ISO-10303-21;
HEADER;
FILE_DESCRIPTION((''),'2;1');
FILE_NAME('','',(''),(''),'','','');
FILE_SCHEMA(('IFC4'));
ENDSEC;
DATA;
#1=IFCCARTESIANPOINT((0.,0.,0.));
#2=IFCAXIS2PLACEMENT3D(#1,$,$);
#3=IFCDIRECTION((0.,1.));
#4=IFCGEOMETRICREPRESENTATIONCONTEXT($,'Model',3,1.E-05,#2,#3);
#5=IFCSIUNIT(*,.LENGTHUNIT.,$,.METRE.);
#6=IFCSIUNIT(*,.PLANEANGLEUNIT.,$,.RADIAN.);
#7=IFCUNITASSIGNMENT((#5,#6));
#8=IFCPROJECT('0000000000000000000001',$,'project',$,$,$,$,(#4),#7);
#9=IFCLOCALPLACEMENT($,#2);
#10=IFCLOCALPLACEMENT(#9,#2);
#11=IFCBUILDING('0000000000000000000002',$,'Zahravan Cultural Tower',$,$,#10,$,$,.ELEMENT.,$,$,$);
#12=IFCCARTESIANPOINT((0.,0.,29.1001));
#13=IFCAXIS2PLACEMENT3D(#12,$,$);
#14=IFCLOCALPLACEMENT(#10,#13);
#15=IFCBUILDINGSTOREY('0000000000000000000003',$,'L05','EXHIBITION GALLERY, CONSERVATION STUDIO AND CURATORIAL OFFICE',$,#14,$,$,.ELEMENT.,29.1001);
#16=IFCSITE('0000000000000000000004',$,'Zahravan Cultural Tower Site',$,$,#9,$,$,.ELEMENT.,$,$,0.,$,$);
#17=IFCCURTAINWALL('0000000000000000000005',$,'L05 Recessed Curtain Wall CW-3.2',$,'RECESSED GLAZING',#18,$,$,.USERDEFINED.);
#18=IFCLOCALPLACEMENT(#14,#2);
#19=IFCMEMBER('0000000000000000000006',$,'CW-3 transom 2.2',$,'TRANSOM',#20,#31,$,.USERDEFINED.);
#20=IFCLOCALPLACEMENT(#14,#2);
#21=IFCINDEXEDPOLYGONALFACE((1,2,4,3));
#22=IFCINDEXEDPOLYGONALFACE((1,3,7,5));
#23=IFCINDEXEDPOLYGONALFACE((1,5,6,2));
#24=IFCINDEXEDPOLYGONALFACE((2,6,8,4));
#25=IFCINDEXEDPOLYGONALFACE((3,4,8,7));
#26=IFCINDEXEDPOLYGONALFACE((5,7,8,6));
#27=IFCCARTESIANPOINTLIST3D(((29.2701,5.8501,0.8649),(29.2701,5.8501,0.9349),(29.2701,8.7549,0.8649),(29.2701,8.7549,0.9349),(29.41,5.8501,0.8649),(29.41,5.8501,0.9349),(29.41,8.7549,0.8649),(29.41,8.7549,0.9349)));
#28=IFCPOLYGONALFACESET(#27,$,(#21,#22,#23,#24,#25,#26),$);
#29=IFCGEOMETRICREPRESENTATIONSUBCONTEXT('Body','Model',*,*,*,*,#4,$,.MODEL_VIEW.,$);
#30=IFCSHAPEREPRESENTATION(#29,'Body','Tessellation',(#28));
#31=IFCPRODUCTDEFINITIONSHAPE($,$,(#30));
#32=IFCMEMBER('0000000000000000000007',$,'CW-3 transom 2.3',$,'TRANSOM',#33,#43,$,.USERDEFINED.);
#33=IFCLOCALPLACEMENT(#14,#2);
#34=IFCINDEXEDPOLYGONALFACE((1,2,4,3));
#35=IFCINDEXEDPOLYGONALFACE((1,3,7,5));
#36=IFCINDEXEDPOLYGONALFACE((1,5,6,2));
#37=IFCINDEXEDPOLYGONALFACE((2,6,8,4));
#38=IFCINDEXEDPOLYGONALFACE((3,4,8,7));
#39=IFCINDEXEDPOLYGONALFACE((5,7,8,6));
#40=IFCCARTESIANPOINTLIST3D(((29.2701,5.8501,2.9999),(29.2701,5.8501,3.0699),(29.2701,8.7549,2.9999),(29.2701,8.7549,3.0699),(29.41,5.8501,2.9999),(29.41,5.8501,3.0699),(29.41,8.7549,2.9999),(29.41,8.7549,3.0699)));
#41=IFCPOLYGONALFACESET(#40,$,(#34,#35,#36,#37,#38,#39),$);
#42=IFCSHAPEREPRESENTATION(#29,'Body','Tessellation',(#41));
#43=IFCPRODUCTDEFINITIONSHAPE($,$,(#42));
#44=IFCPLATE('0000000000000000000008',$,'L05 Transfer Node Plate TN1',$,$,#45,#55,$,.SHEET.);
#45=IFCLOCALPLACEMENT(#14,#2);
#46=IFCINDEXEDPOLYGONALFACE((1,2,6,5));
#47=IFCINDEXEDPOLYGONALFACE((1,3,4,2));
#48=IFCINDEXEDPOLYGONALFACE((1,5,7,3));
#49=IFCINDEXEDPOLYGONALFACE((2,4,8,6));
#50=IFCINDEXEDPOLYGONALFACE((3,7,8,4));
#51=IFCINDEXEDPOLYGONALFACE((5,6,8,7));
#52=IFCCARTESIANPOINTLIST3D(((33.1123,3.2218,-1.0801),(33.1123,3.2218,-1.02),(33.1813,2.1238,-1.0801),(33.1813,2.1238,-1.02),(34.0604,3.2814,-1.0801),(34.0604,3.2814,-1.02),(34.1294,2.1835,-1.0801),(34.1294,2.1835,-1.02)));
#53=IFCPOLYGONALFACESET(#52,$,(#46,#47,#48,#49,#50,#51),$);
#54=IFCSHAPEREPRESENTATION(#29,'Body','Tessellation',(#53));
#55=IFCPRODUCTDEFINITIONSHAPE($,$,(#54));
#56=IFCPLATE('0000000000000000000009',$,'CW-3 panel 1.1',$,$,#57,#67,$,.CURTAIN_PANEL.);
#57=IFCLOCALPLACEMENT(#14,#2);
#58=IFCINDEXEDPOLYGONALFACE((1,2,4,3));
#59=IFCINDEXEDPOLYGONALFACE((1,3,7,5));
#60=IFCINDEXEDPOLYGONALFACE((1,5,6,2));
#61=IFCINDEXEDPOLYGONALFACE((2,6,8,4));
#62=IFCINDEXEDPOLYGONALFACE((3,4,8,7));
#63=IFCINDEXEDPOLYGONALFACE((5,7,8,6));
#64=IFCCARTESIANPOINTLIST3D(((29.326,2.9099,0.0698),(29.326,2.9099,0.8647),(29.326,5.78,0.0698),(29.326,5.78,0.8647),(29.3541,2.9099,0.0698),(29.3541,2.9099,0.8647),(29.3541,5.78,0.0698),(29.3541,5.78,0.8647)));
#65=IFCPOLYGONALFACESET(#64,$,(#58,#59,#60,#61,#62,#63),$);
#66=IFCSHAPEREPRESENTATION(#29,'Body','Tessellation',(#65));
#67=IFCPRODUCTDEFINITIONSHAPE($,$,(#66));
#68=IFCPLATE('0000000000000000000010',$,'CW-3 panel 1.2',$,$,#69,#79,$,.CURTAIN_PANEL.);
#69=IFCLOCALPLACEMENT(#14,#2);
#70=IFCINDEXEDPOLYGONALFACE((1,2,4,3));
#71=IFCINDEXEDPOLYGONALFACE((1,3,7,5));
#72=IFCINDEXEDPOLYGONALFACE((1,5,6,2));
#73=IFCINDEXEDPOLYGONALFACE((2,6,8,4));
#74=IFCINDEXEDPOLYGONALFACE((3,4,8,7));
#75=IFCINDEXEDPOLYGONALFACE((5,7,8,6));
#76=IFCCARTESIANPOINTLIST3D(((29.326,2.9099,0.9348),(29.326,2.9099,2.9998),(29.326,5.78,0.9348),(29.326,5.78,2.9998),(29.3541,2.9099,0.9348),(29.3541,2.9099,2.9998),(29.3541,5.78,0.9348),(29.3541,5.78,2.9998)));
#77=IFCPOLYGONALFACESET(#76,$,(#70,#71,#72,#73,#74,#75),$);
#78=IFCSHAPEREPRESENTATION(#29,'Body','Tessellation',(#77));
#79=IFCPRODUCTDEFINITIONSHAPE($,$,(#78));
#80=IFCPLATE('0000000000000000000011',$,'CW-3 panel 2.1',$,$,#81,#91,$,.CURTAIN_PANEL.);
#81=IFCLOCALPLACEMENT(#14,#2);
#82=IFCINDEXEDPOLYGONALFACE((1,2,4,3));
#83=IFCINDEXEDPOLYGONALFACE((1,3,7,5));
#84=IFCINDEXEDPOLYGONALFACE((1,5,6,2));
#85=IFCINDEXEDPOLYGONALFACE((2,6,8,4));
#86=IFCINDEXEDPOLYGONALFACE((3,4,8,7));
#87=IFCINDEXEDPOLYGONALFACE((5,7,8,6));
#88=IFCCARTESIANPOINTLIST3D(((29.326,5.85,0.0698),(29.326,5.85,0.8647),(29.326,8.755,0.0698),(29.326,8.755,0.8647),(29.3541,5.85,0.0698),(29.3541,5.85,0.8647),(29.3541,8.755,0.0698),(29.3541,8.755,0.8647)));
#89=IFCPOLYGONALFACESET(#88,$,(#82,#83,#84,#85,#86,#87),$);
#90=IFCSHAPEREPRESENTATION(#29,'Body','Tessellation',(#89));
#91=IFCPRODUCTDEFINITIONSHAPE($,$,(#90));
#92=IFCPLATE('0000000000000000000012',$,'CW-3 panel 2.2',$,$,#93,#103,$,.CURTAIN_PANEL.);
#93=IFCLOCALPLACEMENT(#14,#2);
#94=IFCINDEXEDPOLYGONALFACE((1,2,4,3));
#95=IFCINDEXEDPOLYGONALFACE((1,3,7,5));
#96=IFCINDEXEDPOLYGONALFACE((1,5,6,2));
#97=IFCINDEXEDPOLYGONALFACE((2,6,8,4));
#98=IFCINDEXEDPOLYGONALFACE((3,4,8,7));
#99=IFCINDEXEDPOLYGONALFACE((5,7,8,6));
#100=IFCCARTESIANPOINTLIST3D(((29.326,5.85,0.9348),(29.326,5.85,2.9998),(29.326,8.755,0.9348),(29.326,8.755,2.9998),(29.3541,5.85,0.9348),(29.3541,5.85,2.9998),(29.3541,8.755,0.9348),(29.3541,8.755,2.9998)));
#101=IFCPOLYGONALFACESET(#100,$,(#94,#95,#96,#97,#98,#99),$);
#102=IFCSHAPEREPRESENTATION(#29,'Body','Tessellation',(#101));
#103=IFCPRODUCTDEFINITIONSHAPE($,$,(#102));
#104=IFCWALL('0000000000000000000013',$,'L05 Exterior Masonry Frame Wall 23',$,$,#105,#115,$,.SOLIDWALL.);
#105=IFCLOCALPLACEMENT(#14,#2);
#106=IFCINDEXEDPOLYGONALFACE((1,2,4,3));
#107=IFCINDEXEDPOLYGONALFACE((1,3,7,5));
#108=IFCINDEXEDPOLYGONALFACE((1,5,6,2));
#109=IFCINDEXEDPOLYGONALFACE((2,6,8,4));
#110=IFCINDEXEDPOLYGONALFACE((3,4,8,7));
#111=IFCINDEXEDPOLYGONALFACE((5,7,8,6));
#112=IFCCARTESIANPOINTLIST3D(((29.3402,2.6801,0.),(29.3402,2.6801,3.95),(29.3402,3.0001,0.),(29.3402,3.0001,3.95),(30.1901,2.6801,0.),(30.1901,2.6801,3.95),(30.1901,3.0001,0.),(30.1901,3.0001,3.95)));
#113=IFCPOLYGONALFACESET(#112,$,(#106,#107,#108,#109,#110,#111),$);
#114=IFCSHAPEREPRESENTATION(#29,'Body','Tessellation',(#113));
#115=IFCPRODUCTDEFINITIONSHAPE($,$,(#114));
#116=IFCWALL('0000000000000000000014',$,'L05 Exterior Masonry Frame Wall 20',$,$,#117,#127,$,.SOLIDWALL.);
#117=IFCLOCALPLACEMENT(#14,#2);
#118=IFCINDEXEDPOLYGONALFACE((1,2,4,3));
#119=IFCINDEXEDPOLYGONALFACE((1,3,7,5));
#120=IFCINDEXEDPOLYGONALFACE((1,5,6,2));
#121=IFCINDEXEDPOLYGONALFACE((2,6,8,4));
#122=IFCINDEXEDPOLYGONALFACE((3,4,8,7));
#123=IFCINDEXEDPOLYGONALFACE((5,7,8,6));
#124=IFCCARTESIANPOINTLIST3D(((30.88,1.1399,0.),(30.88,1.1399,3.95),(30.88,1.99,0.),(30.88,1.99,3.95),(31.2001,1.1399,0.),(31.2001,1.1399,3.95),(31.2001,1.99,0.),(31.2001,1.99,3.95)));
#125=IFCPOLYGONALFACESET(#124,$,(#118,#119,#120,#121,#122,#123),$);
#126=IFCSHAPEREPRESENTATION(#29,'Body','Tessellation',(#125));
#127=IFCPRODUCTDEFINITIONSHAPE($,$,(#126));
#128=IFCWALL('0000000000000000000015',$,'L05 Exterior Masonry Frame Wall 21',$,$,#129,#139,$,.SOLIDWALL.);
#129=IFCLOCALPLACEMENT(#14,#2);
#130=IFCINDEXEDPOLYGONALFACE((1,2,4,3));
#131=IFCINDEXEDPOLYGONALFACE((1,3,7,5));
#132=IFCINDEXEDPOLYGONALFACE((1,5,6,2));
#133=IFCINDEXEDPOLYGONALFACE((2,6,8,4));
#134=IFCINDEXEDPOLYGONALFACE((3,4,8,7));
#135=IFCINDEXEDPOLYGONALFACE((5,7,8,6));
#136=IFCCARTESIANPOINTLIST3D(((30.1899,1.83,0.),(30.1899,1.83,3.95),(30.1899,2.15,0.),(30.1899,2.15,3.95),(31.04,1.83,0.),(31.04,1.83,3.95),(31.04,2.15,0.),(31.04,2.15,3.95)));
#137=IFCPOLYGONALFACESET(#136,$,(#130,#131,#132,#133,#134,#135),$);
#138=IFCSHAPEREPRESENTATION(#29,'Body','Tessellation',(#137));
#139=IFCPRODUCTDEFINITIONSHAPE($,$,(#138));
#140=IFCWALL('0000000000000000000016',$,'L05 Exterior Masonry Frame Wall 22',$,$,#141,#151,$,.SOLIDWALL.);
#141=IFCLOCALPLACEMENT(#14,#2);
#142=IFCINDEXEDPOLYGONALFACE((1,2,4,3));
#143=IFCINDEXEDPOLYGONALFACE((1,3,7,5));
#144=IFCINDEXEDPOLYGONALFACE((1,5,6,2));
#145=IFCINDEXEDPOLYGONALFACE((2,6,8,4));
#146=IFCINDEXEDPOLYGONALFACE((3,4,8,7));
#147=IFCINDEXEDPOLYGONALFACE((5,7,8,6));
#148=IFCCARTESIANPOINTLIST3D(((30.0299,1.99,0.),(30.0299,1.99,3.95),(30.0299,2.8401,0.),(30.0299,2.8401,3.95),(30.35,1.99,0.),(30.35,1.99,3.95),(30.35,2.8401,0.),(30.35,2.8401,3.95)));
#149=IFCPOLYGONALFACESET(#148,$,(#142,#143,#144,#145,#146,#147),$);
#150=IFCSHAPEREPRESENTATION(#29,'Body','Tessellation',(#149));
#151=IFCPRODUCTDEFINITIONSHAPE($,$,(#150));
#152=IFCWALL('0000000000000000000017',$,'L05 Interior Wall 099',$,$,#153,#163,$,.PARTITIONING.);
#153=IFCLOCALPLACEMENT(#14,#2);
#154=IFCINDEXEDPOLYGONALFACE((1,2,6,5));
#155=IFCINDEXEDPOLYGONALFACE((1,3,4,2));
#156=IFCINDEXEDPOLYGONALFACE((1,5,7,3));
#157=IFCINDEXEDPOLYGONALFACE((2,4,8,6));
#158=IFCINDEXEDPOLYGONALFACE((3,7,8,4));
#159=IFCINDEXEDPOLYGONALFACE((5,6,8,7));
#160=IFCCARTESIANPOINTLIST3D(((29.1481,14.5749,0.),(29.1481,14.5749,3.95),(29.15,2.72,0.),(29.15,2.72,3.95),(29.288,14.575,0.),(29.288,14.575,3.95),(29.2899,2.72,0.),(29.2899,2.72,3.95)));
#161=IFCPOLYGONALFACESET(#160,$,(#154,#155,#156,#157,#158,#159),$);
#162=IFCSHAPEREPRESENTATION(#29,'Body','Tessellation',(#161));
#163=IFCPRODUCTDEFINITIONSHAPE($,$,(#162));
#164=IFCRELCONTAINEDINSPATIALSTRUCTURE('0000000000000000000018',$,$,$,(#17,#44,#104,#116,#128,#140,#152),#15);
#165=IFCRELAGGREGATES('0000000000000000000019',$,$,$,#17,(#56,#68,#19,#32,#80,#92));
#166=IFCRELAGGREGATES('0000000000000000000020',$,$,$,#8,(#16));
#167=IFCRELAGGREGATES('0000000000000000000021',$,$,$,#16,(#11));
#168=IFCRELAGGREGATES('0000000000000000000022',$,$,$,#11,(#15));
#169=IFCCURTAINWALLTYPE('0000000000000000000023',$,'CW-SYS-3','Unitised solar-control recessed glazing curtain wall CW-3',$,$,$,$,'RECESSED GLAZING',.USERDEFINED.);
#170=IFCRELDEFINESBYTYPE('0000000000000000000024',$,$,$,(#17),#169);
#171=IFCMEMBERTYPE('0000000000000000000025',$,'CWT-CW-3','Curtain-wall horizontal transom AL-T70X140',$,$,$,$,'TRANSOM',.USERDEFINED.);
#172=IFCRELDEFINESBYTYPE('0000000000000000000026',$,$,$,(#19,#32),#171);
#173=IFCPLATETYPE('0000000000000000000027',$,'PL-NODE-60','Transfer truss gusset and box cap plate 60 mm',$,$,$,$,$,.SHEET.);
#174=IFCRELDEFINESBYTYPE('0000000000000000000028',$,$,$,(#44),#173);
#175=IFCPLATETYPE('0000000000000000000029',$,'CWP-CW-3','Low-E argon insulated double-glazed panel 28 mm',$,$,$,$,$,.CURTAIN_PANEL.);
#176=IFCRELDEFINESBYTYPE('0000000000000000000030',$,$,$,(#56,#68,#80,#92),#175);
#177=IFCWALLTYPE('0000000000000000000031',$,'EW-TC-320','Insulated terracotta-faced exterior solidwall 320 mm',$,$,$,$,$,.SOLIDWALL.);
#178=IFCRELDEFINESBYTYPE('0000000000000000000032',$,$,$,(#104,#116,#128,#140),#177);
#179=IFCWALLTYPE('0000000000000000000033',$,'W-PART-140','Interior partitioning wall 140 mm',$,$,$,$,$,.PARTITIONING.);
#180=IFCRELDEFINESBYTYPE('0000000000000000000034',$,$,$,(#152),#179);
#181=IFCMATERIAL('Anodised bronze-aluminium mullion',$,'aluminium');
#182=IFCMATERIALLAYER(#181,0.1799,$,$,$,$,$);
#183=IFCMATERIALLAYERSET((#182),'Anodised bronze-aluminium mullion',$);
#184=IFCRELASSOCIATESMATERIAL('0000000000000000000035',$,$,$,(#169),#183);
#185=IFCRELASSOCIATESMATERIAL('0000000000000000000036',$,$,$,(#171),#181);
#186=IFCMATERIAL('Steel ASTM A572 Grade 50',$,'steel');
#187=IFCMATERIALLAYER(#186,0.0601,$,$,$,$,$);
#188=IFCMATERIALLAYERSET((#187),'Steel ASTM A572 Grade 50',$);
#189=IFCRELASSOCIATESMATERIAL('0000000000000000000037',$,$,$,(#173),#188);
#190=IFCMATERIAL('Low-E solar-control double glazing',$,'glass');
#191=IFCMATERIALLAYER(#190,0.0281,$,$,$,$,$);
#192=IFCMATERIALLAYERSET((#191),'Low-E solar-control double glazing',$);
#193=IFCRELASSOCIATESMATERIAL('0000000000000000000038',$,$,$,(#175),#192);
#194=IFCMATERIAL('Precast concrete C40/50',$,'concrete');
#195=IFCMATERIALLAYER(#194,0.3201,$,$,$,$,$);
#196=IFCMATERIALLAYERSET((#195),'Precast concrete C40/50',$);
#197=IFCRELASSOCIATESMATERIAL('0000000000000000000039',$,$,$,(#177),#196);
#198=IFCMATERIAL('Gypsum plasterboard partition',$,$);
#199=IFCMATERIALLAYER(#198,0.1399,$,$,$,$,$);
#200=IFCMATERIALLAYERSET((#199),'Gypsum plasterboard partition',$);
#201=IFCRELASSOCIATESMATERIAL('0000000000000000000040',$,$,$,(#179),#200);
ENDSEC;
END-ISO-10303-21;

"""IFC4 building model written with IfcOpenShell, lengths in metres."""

from ifc_helpers import new_model, si_unit, direction, frame, frame_2d, origin, origin_2d, place, context, subcontext, project, spatial, rectangle, extrude, source, transform, mapped, material, layer, layer_set, material_profile, profile_set, type_object, element, aggregate, save


model = new_model("IFC4")

# Units and contexts
model_context = context("Model", 3, precision=1e-05, world=origin(), true_north=direction((0.0, 1.0)))
body_context = subcontext(model_context, "Body", "Model", "MODEL_VIEW")
ifc_project = project(units=[si_unit("LENGTHUNIT", "METRE"), si_unit("PLANEANGLEUNIT", "RADIAN")], contexts=[model_context])

# Site, building, storey
site_placement = place(None, origin())
site = spatial("IfcSite", under=ifc_project, at=site_placement, Name="Zahravan Cultural Tower Site", CompositionType="ELEMENT", RefElevation=0.0)
building_placement = place(site_placement, origin())
building = spatial("IfcBuilding", under=site, at=building_placement, Name="Zahravan Cultural Tower", CompositionType="ELEMENT")
storey_placement = place(building_placement, frame((0.0, 0.0, 29.1001)))
storey = spatial("IfcBuildingStorey", under=building, at=storey_placement, Name="L05", Description="EXHIBITION GALLERY, CONSERVATION STUDIO AND CURATORIAL OFFICE", CompositionType="ELEMENT", Elevation=29.1001)

# Shared definitions
ifc_material_1 = material(Name="Steel ASTM A572 Grade 50", Category="steel")

# Curtain wall, members
ifc_material_2 = material(Name="Anodised bronze-aluminium mullion", Category="aluminium")
ifc_layer_1 = layer(ifc_material_2, 0.1799)
ifc_layer_set_1 = layer_set([ifc_layer_1], Name="Anodised bronze-aluminium mullion")
curtain_wall_type = type_object("IfcCurtainWallType", Name="CW-SYS-3", Description="Unitised solar-control recessed glazing curtain wall CW-3", ElementType="RECESSED GLAZING", PredefinedType="USERDEFINED", material=ifc_layer_set_1)
curtain_wall_placement = place(storey_placement, origin())
curtain_wall = element("IfcCurtainWall", 1, at=curtain_wall_placement, inside=storey, type_object=curtain_wall_type, Name="L05 Recessed Curtain Wall CW-3.2", ObjectType="RECESSED GLAZING", PredefinedType="USERDEFINED")
ifc_material_profile_1 = material_profile(ifc_material_2, rectangle(XDim=0.1399, YDim=0.0701, at=origin_2d()), Name="AL-T70X140")
ifc_profile_set_1 = profile_set([ifc_material_profile_1], Name="Anodised bronze-aluminium mullion")
member_type_1 = type_object("IfcMemberType", Name="CWT-CW-3", Description="Curtain-wall horizontal transom AL-T70X140", ElementType="TRANSOM", PredefinedType="USERDEFINED", material=ifc_profile_set_1)
shared_shape_1 = source(origin(), body_context, "Body", "SweptSolid", [
    extrude(rectangle(XDim=0.1399, YDim=0.0701, at=origin_2d()), origin(), (0.0, 0.0, 1.0), 2.9048),
])
member_1_placement = place(storey_placement, frame((29.3401, 5.8501, 0.8999), z_axis=(0.0, 1.0, 0.0), x_axis=(-1.0, 0.0, 0.0)))
member_1 = element("IfcMember", 2, at=member_1_placement, type_object=member_type_1, Name="CW-3 transom 2.2", ObjectType="TRANSOM", PredefinedType="USERDEFINED", context=body_context, shape_type="MappedRepresentation", body=[
    mapped(shared_shape_1, transform((0.0, 0.0, 0.0), x_axis=(1.0, 0.0, 0.0), y_axis=(0.0, 1.0, 0.0), z_axis=(0.0, 0.0, 1.0), scale=1.0)),
])
member_2_placement = place(storey_placement, frame((29.3401, 5.8501, 3.0349), z_axis=(0.0, 1.0, 0.0), x_axis=(-1.0, 0.0, 0.0)))
member_2 = element("IfcMember", 3, at=member_2_placement, type_object=member_type_1, Name="CW-3 transom 2.3", ObjectType="TRANSOM", PredefinedType="USERDEFINED", context=body_context, shape_type="MappedRepresentation", body=[
    mapped(shared_shape_1, transform((0.0, 0.0, 0.0), x_axis=(1.0, 0.0, 0.0), y_axis=(0.0, 1.0, 0.0), z_axis=(0.0, 0.0, 1.0), scale=1.0)),
])

# Plates
ifc_layer_2 = layer(ifc_material_1, 0.0601)
ifc_layer_set_2 = layer_set([ifc_layer_2], Name="Steel ASTM A572 Grade 50")
plate_type_1 = type_object("IfcPlateType", Name="PL-NODE-60", Description="Transfer truss gusset and box cap plate 60 mm", PredefinedType="SHEET", material=ifc_layer_set_2)
shared_shape_2 = source(origin(), body_context, "Body", "SweptSolid", [
    extrude(rectangle(XDim=1.1001, YDim=0.95, at=origin_2d()), origin(), (0.0, 0.0, 1.0), 0.0601),
])
plate_1_placement = place(storey_placement, frame((33.6208, 2.7026, -1.0801), z_axis=(0.0, 0.0, 1.0), x_axis=(-0.062791, 0.998027, 0.0)))
element("IfcPlate", 4, at=plate_1_placement, inside=storey, type_object=plate_type_1, Name="L05 Transfer Node Plate TN1", PredefinedType="SHEET", context=body_context, shape_type="MappedRepresentation", body=[
    mapped(shared_shape_2, transform((0.0, 0.0, 0.0), x_axis=(1.0, 0.0, 0.0), y_axis=(0.0, 1.0, 0.0), z_axis=(0.0, 0.0, 1.0), scale=1.0)),
])
ifc_material_3 = material(Name="Low-E solar-control double glazing", Category="glass")
ifc_layer_3 = layer(ifc_material_3, 0.0281)
ifc_layer_set_3 = layer_set([ifc_layer_3], Name="Low-E solar-control double glazing")
plate_type_2 = type_object("IfcPlateType", Name="CWP-CW-3", Description="Low-E argon insulated double-glazed panel 28 mm", PredefinedType="CURTAIN_PANEL", material=ifc_layer_set_3)
shared_shape_3 = source(origin(), body_context, "Body", "SweptSolid", [
    extrude(rectangle(XDim=2.8701, YDim=0.0281, at=origin_2d()), origin(), (0.0, 0.0, 1.0), 0.7949),
])
plate_2_placement = place(storey_placement, frame((29.3401, 4.345, 0.0698), z_axis=(0.0, 0.0, 1.0), x_axis=(0.0, 1.0, 0.0)))
plate_2 = element("IfcPlate", 5, at=plate_2_placement, type_object=plate_type_2, Name="CW-3 panel 1.1", PredefinedType="CURTAIN_PANEL", context=body_context, shape_type="MappedRepresentation", body=[
    mapped(shared_shape_3, transform((0.0, 0.0, 0.0), x_axis=(1.0, 0.0, 0.0), y_axis=(0.0, 1.0, 0.0), z_axis=(0.0, 0.0, 1.0), scale=1.0)),
])
shared_shape_4 = source(origin(), body_context, "Body", "SweptSolid", [
    extrude(rectangle(XDim=2.8701, YDim=0.0281, at=origin_2d()), origin(), (0.0, 0.0, 1.0), 2.0649),
])
plate_3_placement = place(storey_placement, frame((29.3401, 4.345, 0.9348), z_axis=(0.0, 0.0, 1.0), x_axis=(0.0, 1.0, 0.0)))
plate_3 = element("IfcPlate", 6, at=plate_3_placement, type_object=plate_type_2, Name="CW-3 panel 1.2", PredefinedType="CURTAIN_PANEL", context=body_context, shape_type="MappedRepresentation", body=[
    mapped(shared_shape_4, transform((0.0, 0.0, 0.0), x_axis=(1.0, 0.0, 0.0), y_axis=(0.0, 1.0, 0.0), z_axis=(0.0, 0.0, 1.0), scale=1.0)),
])
shared_shape_5 = source(origin(), body_context, "Body", "SweptSolid", [
    extrude(rectangle(XDim=2.905, YDim=0.0281, at=origin_2d()), origin(), (0.0, 0.0, 1.0), 0.7949),
])
plate_4_placement = place(storey_placement, frame((29.3401, 7.3025, 0.0698), z_axis=(0.0, 0.0, 1.0), x_axis=(0.0, 1.0, 0.0)))
plate_4 = element("IfcPlate", 7, at=plate_4_placement, type_object=plate_type_2, Name="CW-3 panel 2.1", PredefinedType="CURTAIN_PANEL", context=body_context, shape_type="MappedRepresentation", body=[
    mapped(shared_shape_5, transform((0.0, 0.0, 0.0), x_axis=(1.0, 0.0, 0.0), y_axis=(0.0, 1.0, 0.0), z_axis=(0.0, 0.0, 1.0), scale=1.0)),
])
shared_shape_6 = source(origin(), body_context, "Body", "SweptSolid", [
    extrude(rectangle(XDim=2.905, YDim=0.0281, at=origin_2d()), origin(), (0.0, 0.0, 1.0), 2.0649),
])
plate_5_placement = place(storey_placement, frame((29.3401, 7.3025, 0.9348), z_axis=(0.0, 0.0, 1.0), x_axis=(0.0, 1.0, 0.0)))
plate_5 = element("IfcPlate", 8, at=plate_5_placement, type_object=plate_type_2, Name="CW-3 panel 2.2", PredefinedType="CURTAIN_PANEL", context=body_context, shape_type="MappedRepresentation", body=[
    mapped(shared_shape_6, transform((0.0, 0.0, 0.0), x_axis=(1.0, 0.0, 0.0), y_axis=(0.0, 1.0, 0.0), z_axis=(0.0, 0.0, 1.0), scale=1.0)),
])
aggregate(curtain_wall, [plate_2, plate_3, member_1, member_2, plate_4, plate_5])

# Walls
ifc_material_4 = material(Name="Precast concrete C40/50", Category="concrete")
ifc_layer_4 = layer(ifc_material_4, 0.3201)
ifc_layer_set_4 = layer_set([ifc_layer_4], Name="Precast concrete C40/50")
wall_type_1 = type_object("IfcWallType", Name="EW-TC-320", Description="Insulated terracotta-faced exterior solidwall 320 mm", PredefinedType="SOLIDWALL", material=ifc_layer_set_4)
shared_shape_7 = source(origin(), body_context, "Body", "SweptSolid", [
    extrude(rectangle(XDim=0.8499, YDim=0.3201, at=frame_2d((0.4248, 0.0))), origin(), (0.0, 0.0, 1.0), 3.95),
])
wall_1_placement = place(storey_placement, frame((30.1899, 2.8401, 0.0), z_axis=(0.0, 0.0, 1.0), x_axis=(-1.0, 0.0, 0.0)))
element("IfcWall", 9, at=wall_1_placement, inside=storey, type_object=wall_type_1, Name="L05 Exterior Masonry Frame Wall 23", PredefinedType="SOLIDWALL", context=body_context, shape_type="MappedRepresentation", body=[
    mapped(shared_shape_7, transform((0.0, 0.0, 0.0), x_axis=(1.0, 0.0, 0.0), y_axis=(0.0, 1.0, 0.0), z_axis=(0.0, 0.0, 1.0), scale=1.0)),
])
shared_shape_8 = source(origin(), body_context, "Body", "SweptSolid", [
    extrude(rectangle(XDim=0.8501, YDim=0.3201, at=frame_2d((0.425, 0.0))), origin(), (0.0, 0.0, 1.0), 3.95),
])
for number, where, z_axis, x_axis, name in (
    (10, (31.04, 1.1399, 0.0), (0.0, 0.0, 1.0), (0.0, 1.0, 0.0), "L05 Exterior Masonry Frame Wall 20"),
    (11, (31.04, 1.99, 0.0), (0.0, 0.0, 1.0), (-1.0, 0.0, 0.0), "L05 Exterior Masonry Frame Wall 21"),
    (12, (30.1899, 1.99, 0.0), (0.0, 0.0, 1.0), (0.0, 1.0, 0.0), "L05 Exterior Masonry Frame Wall 22"),
):
    element("IfcWall", number, at=place(storey_placement, frame(where, z_axis=z_axis, x_axis=x_axis)), inside=storey, type_object=wall_type_1, Name=name, PredefinedType="SOLIDWALL", context=body_context, shape_type="MappedRepresentation", body=[
        mapped(shared_shape_8, transform((0.0, 0.0, 0.0), x_axis=(1.0, 0.0, 0.0), y_axis=(0.0, 1.0, 0.0), z_axis=(0.0, 0.0, 1.0), scale=1.0)),
    ])
ifc_material_5 = material(Name="Gypsum plasterboard partition")
ifc_layer_5 = layer(ifc_material_5, 0.1399)
ifc_layer_set_5 = layer_set([ifc_layer_5], Name="Gypsum plasterboard partition")
wall_type_2 = type_object("IfcWallType", Name="W-PART-140", Description="Interior partitioning wall 140 mm", PredefinedType="PARTITIONING", material=ifc_layer_set_5)
shared_shape_9 = source(origin(), body_context, "Body", "SweptSolid", [
    extrude(rectangle(XDim=11.855, YDim=0.1399, at=frame_2d((5.9275, 0.0))), origin(), (0.0, 0.0, 1.0), 3.95),
])
wall_2_placement = place(storey_placement, frame((29.22, 2.72, 0.0), z_axis=(0.0, 0.0, 1.0), x_axis=(-0.000165, 1.0, 0.0)))
element("IfcWall", 13, at=wall_2_placement, inside=storey, type_object=wall_type_2, Name="L05 Interior Wall 099", PredefinedType="PARTITIONING", context=body_context, shape_type="MappedRepresentation", body=[
    mapped(shared_shape_9, transform((0.0, 0.0, 0.0), x_axis=(1.0, 0.0, 0.0), y_axis=(0.0, 1.0, 0.0), z_axis=(0.0, 0.0, 1.0), scale=1.0)),
])

save(model, "model.ifc")
